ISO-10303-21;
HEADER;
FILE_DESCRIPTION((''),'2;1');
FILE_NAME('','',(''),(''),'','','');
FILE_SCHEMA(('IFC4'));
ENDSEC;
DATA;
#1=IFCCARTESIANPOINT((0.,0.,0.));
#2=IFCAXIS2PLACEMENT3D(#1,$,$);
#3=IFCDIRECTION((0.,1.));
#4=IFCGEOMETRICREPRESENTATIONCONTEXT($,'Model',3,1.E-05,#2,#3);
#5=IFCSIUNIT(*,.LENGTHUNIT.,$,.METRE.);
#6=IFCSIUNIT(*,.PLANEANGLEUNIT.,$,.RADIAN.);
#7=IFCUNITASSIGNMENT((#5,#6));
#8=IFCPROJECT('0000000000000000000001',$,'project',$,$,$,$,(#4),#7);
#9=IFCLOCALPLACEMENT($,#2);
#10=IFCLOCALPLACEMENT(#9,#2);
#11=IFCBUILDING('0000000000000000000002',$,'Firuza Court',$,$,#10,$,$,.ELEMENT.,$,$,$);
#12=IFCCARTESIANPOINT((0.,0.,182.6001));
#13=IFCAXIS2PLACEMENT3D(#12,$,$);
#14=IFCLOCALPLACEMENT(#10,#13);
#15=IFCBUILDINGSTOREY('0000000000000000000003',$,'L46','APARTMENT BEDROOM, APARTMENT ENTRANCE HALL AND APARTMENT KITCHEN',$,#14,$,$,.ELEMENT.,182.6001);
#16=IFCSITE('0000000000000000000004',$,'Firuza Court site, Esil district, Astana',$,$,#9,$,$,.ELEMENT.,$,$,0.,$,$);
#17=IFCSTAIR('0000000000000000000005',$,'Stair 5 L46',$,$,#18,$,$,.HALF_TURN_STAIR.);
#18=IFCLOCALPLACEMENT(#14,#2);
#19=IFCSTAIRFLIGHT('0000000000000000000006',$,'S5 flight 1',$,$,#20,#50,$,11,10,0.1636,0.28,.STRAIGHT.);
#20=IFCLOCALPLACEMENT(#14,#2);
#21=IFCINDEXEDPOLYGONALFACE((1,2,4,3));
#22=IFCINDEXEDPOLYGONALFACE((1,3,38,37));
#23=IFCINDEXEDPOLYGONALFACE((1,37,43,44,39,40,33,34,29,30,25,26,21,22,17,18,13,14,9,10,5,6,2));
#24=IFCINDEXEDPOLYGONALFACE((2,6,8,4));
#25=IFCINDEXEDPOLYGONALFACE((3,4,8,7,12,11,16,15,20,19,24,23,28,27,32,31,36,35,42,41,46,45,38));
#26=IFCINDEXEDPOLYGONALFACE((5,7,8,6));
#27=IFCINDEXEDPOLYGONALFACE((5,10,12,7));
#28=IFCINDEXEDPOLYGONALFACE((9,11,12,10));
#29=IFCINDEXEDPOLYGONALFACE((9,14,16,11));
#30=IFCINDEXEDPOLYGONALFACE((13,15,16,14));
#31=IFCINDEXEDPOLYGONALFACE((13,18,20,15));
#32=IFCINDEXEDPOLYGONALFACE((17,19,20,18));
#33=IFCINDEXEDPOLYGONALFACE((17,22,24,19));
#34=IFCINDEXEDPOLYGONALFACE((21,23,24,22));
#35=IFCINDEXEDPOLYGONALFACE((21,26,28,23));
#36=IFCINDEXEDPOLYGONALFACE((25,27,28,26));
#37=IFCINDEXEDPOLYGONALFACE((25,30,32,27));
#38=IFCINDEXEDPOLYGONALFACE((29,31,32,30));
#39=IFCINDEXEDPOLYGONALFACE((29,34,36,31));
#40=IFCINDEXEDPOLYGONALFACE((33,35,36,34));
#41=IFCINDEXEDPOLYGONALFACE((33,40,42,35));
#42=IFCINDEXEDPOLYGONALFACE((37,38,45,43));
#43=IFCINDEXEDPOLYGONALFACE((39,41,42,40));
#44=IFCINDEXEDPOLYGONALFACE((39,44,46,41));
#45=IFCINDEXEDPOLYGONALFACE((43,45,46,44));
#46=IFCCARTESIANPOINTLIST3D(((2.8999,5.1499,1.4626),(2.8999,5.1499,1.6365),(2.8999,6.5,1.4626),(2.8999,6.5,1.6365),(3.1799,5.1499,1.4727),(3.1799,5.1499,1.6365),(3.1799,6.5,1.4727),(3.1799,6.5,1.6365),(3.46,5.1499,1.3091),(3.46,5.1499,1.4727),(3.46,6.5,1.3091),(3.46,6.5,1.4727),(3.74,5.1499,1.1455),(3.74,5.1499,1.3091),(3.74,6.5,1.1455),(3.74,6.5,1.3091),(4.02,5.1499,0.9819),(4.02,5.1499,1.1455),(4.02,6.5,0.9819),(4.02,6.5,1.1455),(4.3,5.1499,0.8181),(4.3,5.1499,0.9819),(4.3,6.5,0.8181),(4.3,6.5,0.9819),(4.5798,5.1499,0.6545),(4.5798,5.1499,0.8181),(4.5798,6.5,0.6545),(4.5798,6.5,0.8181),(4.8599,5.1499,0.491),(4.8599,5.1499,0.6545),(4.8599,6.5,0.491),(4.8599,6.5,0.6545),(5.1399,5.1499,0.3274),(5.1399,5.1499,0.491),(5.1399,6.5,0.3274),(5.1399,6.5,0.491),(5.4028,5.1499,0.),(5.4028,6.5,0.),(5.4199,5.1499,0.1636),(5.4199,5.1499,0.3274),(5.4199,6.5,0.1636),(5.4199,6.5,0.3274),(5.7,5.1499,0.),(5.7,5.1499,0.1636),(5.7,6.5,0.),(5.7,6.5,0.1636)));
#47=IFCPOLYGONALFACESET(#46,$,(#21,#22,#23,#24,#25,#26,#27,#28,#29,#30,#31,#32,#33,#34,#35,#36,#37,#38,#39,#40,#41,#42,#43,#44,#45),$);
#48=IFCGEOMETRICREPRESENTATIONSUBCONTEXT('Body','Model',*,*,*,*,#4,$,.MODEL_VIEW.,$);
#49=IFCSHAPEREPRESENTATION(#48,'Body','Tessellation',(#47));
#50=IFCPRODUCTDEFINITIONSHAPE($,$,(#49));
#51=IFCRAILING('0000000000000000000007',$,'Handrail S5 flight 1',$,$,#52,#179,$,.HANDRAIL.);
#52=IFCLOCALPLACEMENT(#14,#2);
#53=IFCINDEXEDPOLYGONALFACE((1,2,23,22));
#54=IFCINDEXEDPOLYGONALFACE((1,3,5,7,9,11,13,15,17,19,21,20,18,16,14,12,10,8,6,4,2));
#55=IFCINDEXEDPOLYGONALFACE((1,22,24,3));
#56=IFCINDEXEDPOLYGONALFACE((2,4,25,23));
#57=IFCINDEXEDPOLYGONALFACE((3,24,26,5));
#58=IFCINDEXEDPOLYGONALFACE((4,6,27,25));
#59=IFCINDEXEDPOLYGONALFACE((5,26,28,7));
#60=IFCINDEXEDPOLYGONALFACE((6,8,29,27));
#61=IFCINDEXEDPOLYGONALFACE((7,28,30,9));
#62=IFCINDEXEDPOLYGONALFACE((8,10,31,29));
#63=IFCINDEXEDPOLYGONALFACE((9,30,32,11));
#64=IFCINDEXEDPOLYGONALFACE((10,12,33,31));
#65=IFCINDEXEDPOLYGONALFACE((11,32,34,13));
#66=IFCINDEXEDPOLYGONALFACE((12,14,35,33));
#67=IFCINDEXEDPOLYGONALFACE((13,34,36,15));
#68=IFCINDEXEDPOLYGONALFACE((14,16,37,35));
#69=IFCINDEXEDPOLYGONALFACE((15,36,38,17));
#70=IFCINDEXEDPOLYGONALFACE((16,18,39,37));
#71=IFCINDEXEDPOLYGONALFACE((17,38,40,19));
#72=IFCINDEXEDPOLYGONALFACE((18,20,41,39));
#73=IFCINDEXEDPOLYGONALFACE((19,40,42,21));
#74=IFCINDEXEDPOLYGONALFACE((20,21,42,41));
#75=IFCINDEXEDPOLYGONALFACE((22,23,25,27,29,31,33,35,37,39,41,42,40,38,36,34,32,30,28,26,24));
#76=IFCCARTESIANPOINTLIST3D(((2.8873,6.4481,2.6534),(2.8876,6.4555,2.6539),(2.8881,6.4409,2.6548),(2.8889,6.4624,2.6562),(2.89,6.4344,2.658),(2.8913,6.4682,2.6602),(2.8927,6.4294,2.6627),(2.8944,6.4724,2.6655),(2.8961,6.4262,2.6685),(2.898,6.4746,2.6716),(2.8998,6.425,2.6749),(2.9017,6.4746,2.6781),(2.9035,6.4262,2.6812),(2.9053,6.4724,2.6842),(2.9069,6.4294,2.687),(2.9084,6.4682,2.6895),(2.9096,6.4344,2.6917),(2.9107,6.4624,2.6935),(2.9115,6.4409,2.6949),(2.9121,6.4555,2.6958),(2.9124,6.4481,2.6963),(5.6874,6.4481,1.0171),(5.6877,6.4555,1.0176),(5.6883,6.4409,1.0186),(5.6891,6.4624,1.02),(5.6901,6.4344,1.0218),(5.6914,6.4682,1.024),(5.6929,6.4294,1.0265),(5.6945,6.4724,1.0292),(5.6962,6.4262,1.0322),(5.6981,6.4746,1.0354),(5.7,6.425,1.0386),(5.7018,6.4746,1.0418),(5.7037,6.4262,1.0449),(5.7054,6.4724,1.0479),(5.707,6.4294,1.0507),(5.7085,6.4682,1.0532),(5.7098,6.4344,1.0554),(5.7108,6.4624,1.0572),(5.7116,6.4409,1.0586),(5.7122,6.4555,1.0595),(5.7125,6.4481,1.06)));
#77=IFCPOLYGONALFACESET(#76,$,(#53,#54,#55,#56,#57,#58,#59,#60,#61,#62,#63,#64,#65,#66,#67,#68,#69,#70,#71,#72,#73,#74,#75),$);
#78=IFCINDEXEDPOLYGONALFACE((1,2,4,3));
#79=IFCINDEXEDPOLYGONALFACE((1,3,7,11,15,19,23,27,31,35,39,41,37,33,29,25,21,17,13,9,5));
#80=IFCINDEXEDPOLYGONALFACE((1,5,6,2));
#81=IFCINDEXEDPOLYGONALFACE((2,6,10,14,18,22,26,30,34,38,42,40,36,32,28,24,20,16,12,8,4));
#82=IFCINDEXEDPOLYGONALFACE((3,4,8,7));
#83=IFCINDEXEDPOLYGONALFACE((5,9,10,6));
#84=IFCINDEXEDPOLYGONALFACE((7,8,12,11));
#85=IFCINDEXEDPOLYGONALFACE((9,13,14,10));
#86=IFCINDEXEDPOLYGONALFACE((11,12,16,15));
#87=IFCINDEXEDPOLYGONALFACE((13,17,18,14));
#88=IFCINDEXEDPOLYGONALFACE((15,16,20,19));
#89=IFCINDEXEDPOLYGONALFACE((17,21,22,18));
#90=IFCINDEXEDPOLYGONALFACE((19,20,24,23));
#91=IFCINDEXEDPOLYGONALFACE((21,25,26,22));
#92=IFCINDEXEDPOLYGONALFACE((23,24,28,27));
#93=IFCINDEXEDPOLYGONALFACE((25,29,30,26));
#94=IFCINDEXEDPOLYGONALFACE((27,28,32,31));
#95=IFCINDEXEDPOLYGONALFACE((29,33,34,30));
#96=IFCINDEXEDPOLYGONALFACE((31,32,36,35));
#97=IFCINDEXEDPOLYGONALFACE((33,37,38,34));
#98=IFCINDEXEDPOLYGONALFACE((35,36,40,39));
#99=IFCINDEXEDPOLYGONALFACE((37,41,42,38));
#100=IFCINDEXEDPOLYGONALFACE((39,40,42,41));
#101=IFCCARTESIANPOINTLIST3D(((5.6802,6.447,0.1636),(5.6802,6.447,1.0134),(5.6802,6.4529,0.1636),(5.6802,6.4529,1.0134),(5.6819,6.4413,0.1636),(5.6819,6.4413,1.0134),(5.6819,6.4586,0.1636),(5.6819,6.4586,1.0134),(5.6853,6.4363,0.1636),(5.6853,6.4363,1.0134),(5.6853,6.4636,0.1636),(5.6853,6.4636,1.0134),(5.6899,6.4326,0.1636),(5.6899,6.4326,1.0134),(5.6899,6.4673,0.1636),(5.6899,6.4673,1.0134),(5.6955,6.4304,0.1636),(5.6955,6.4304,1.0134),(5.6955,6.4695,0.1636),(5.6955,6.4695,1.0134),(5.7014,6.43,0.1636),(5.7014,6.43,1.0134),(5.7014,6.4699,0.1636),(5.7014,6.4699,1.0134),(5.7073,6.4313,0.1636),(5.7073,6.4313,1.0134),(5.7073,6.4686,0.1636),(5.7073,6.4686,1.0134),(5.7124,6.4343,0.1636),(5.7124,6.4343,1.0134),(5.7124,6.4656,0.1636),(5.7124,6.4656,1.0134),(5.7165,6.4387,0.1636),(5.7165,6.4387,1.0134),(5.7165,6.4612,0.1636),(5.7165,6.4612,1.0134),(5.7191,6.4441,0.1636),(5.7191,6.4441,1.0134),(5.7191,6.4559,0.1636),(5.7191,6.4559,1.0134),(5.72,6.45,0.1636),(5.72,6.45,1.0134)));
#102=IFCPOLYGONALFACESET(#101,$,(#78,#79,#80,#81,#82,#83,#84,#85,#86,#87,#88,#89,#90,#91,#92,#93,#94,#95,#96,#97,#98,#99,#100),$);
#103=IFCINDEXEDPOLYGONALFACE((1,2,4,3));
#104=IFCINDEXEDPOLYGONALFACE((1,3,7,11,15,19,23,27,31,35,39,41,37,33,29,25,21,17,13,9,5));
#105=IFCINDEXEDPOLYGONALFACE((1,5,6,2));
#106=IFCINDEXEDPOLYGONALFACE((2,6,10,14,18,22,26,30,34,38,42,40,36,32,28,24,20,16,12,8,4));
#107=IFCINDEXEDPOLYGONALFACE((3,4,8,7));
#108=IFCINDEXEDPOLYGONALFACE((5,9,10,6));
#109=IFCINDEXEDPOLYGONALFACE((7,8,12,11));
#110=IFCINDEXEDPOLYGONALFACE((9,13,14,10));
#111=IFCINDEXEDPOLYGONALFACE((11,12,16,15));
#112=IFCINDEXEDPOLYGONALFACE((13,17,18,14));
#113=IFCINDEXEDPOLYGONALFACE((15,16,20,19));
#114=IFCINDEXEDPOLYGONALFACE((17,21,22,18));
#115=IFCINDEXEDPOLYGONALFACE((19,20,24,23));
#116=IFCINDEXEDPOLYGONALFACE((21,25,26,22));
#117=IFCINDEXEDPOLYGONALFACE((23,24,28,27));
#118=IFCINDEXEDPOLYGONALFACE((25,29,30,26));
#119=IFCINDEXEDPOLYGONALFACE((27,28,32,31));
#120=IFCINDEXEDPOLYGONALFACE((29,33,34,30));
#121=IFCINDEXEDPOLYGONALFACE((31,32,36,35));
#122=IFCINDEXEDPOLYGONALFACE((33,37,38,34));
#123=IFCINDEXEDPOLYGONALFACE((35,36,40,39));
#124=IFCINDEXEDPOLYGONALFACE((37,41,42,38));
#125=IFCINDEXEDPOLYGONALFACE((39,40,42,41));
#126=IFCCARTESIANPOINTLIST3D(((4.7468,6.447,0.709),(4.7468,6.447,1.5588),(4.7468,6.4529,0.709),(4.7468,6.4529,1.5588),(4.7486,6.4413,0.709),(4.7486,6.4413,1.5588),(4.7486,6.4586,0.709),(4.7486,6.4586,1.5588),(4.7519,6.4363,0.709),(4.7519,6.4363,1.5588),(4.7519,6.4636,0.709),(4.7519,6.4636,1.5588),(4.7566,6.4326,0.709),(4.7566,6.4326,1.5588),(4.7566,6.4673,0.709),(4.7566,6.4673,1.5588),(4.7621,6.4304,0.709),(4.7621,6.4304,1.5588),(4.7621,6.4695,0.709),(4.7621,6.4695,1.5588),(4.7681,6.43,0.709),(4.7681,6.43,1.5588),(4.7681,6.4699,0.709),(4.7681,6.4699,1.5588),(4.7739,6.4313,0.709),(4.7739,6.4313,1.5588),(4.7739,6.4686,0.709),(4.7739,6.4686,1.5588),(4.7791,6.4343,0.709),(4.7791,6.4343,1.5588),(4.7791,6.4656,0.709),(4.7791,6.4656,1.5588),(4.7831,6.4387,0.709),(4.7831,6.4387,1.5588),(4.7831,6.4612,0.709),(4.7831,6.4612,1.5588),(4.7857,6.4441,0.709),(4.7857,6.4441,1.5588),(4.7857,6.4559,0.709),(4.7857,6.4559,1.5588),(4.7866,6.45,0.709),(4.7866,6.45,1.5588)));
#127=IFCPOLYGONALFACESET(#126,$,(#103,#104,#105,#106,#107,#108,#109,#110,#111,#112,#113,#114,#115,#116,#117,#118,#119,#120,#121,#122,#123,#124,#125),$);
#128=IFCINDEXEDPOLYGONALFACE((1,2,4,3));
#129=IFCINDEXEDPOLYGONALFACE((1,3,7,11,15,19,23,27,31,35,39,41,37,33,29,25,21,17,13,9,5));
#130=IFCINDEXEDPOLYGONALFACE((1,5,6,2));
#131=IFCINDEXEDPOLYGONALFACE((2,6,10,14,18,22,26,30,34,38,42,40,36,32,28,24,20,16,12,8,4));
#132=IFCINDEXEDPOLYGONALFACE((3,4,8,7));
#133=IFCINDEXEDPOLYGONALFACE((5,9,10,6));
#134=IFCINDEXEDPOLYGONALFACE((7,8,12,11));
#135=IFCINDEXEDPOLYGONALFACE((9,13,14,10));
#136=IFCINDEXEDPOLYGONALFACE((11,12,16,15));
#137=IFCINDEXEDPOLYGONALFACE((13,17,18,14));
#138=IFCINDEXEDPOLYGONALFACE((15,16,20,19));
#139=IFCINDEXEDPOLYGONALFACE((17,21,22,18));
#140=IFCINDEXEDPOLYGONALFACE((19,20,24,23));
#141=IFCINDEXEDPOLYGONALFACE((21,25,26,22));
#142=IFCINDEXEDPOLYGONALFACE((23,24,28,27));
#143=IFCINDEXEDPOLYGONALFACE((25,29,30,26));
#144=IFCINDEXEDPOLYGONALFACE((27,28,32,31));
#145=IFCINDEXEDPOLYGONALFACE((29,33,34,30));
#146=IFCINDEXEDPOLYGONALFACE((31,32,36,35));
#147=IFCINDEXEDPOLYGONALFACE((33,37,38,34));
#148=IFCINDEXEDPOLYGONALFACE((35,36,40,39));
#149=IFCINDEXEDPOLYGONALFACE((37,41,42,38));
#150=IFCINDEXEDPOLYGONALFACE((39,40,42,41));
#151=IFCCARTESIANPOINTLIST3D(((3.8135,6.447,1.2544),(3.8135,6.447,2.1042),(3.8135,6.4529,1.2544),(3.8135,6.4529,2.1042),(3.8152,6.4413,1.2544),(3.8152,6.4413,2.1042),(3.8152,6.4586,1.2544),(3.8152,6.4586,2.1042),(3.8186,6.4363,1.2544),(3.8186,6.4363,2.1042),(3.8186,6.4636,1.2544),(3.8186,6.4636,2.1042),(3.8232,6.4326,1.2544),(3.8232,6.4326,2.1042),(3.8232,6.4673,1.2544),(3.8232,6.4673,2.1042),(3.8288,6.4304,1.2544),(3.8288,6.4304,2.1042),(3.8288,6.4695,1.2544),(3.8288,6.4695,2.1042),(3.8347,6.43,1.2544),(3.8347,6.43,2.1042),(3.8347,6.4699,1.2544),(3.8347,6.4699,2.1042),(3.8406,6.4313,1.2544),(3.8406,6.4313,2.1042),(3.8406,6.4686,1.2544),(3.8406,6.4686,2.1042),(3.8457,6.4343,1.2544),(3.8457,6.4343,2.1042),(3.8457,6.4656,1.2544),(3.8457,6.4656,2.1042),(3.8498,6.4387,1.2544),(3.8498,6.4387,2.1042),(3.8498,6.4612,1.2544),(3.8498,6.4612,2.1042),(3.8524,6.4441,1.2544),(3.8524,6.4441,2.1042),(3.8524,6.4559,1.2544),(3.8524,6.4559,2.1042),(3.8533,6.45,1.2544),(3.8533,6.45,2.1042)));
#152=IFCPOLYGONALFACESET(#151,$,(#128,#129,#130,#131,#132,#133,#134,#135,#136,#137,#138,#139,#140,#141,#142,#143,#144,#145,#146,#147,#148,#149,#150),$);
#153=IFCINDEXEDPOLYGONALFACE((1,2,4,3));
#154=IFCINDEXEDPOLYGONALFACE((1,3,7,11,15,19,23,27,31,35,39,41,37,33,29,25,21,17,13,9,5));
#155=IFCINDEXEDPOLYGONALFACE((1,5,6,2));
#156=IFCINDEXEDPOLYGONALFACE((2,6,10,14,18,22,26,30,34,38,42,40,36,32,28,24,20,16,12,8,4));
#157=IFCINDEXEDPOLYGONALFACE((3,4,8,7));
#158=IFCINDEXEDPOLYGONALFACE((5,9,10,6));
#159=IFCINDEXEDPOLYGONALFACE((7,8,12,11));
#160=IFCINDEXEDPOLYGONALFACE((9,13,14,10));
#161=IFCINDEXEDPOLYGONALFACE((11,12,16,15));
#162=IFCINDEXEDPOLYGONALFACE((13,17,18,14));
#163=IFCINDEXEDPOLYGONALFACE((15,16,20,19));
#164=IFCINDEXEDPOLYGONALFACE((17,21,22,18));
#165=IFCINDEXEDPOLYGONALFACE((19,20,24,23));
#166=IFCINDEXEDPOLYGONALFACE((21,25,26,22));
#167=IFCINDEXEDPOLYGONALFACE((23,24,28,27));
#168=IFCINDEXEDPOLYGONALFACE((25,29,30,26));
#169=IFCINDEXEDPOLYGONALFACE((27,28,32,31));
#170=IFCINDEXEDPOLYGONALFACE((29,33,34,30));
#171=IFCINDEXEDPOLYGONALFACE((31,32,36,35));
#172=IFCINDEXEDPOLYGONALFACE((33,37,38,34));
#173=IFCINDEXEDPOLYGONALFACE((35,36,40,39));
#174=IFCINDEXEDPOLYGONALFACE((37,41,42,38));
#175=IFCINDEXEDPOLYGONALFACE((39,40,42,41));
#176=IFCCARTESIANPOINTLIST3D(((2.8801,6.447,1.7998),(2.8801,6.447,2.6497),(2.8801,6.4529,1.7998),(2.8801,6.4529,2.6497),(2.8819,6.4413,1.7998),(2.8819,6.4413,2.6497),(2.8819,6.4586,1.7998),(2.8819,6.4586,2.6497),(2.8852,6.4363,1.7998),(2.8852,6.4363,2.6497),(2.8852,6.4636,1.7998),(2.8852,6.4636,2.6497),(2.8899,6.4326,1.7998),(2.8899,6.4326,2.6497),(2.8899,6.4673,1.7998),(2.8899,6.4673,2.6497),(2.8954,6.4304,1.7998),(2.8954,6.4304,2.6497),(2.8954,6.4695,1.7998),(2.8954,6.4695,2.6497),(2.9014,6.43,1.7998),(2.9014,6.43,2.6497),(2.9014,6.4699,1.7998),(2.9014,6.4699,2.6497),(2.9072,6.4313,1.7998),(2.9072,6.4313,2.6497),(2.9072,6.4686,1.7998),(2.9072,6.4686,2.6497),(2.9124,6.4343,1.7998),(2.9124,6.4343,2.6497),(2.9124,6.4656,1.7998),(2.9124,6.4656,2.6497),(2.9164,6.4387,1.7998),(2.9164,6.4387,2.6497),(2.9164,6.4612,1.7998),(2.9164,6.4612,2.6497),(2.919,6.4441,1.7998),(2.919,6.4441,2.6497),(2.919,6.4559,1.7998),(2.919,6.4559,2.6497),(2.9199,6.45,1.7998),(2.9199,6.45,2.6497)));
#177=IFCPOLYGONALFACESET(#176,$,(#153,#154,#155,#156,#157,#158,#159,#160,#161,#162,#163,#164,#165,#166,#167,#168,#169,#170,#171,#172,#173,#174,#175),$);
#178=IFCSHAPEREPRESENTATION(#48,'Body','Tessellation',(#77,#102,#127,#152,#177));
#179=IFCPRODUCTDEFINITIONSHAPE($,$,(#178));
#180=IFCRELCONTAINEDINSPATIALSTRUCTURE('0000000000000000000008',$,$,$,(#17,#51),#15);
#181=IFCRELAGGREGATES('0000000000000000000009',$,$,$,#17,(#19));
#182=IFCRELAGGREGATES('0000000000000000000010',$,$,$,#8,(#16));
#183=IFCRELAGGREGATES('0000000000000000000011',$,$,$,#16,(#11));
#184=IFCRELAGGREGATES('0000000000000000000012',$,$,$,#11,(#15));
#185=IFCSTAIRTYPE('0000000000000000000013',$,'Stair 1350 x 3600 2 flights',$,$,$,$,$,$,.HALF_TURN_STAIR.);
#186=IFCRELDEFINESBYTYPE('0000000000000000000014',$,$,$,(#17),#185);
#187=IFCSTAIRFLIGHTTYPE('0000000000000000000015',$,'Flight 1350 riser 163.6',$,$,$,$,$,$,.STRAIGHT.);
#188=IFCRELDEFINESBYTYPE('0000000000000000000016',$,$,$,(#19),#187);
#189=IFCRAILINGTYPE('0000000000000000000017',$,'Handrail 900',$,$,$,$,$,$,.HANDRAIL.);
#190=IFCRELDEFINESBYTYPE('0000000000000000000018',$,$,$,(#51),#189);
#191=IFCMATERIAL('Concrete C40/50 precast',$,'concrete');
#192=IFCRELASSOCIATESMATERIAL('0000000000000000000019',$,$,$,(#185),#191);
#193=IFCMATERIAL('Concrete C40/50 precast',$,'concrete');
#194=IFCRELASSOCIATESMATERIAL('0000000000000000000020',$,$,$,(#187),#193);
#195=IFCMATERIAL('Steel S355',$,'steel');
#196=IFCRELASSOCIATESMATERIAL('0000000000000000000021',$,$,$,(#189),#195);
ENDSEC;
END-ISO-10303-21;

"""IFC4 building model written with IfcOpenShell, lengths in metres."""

from ifc_helpers import new_model, si_unit, direction, frame, origin, origin_2d, place, context, subcontext, project, spatial, polyline, circle, outline, extrude, material, type_object, element, aggregate, save


model = new_model("IFC4")

# Units and contexts
model_context = context("Model", 3, precision=1e-05, world=origin(), true_north=direction((0.0, 1.0)))
body_context = subcontext(model_context, "Body", "Model", "MODEL_VIEW")
ifc_project = project(units=[si_unit("LENGTHUNIT", "METRE"), si_unit("PLANEANGLEUNIT", "RADIAN")], contexts=[model_context])

# Site, building, storey
site_placement = place(None, origin())
site = spatial("IfcSite", under=ifc_project, at=site_placement, Name="Firuza Court site, Esil district, Astana", CompositionType="ELEMENT", RefElevation=0.0)
building_placement = place(site_placement, origin())
building = spatial("IfcBuilding", under=site, at=building_placement, Name="Firuza Court", CompositionType="ELEMENT")
storey_placement = place(building_placement, frame((0.0, 0.0, 182.6001)))
storey = spatial("IfcBuildingStorey", under=building, at=storey_placement, Name="L46", Description="APARTMENT BEDROOM, APARTMENT ENTRANCE HALL AND APARTMENT KITCHEN", CompositionType="ELEMENT", Elevation=182.6001)

# Stair, stair flight
ifc_material_1 = material(Name="Concrete C40/50 precast", Category="concrete")
stair_type = type_object("IfcStairType", Name="Stair 1350 x 3600 2 flights", PredefinedType="HALF_TURN_STAIR", material=ifc_material_1)
stair_placement = place(storey_placement, origin())
stair = element("IfcStair", 1, at=stair_placement, inside=storey, type_object=stair_type, Name="Stair 5 L46", PredefinedType="HALF_TURN_STAIR")
ifc_material_2 = material(Name="Concrete C40/50 precast", Category="concrete")
stair_flight_type = type_object("IfcStairFlightType", Name="Flight 1350 riser 163.6", PredefinedType="STRAIGHT", material=ifc_material_2)
stair_flight_placement = place(storey_placement, frame((5.7, 5.825, 0.0), z_axis=(0.0, 0.0, 1.0), x_axis=(-1.0, 0.0, 0.0)))
stair_flight = element("IfcStairFlight", 2, at=stair_flight_placement, type_object=stair_flight_type, Name="S5 flight 1", NumberOfRisers=11, NumberOfTreads=10, PredefinedType="STRAIGHT", RiserHeight=0.1636, TreadLength=0.28, context=body_context, shape_type="SweptSolid", body=[
    extrude(outline(polyline([(0.0, 0.0), (0.0, 0.1636), (0.28, 0.1636), (0.28, 0.3274), (0.5601, 0.3274), (0.5601, 0.491), (0.8401, 0.491), (0.8401, 0.6545), (1.1201, 0.6545), (1.1201, 0.8181), (1.3999, 0.8181), (1.3999, 0.9819), (1.6799, 0.9819), (1.6799, 1.1455), (1.96, 1.1455), (1.96, 1.3091), (2.24, 1.3091), (2.24, 1.4727), (2.52, 1.4727), (2.52, 1.6365), (2.8, 1.6365), (2.8, 1.8), (2.8, 1.4626), (0.2971, 0.0), (0.0, 0.0)])), frame((0.0, 0.675, 0.0), z_axis=(0.0, -1.0, 0.0), x_axis=(1.0, 0.0, 0.0)), (0.0, 0.0, 1.0), 1.3501),
])
aggregate(stair, [stair_flight])

# Railing
ifc_material_3 = material(Name="Steel S355", Category="steel")
railing_type_1 = type_object("IfcRailingType", Name="Handrail 900", PredefinedType="HANDRAIL", material=ifc_material_3)
railing_1_placement = place(storey_placement, frame((5.7, 6.45, 0.1636)))
element("IfcRailing", 3, at=railing_1_placement, inside=storey, type_object=railing_type_1, Name="Handrail S5 flight 1", PredefinedType="HANDRAIL", context=body_context, shape_type="SweptSolid", body=[
    extrude(circle(Radius=0.0249, at=origin_2d()), frame((0.0, 0.0, 0.875), z_axis=(-0.863394, 0.0, 0.504531), x_axis=(0.0, -1.0, 0.0)), (0.0, 0.0, 1.0), 3.2432),
    extrude(circle(Radius=0.02, at=origin_2d()), origin(), (0.0, 0.0, 1.0), 0.8499),
    extrude(circle(Radius=0.02, at=origin_2d()), frame((-0.9333, 0.0, 0.5454)), (0.0, 0.0, 1.0), 0.8499),
    extrude(circle(Radius=0.02, at=origin_2d()), frame((-1.8667, 0.0, 1.0908)), (0.0, 0.0, 1.0), 0.8499),
    extrude(circle(Radius=0.02, at=origin_2d()), frame((-2.8, 0.0, 1.6362)), (0.0, 0.0, 1.0), 0.8499),
])

save(model, "model.ifc")
